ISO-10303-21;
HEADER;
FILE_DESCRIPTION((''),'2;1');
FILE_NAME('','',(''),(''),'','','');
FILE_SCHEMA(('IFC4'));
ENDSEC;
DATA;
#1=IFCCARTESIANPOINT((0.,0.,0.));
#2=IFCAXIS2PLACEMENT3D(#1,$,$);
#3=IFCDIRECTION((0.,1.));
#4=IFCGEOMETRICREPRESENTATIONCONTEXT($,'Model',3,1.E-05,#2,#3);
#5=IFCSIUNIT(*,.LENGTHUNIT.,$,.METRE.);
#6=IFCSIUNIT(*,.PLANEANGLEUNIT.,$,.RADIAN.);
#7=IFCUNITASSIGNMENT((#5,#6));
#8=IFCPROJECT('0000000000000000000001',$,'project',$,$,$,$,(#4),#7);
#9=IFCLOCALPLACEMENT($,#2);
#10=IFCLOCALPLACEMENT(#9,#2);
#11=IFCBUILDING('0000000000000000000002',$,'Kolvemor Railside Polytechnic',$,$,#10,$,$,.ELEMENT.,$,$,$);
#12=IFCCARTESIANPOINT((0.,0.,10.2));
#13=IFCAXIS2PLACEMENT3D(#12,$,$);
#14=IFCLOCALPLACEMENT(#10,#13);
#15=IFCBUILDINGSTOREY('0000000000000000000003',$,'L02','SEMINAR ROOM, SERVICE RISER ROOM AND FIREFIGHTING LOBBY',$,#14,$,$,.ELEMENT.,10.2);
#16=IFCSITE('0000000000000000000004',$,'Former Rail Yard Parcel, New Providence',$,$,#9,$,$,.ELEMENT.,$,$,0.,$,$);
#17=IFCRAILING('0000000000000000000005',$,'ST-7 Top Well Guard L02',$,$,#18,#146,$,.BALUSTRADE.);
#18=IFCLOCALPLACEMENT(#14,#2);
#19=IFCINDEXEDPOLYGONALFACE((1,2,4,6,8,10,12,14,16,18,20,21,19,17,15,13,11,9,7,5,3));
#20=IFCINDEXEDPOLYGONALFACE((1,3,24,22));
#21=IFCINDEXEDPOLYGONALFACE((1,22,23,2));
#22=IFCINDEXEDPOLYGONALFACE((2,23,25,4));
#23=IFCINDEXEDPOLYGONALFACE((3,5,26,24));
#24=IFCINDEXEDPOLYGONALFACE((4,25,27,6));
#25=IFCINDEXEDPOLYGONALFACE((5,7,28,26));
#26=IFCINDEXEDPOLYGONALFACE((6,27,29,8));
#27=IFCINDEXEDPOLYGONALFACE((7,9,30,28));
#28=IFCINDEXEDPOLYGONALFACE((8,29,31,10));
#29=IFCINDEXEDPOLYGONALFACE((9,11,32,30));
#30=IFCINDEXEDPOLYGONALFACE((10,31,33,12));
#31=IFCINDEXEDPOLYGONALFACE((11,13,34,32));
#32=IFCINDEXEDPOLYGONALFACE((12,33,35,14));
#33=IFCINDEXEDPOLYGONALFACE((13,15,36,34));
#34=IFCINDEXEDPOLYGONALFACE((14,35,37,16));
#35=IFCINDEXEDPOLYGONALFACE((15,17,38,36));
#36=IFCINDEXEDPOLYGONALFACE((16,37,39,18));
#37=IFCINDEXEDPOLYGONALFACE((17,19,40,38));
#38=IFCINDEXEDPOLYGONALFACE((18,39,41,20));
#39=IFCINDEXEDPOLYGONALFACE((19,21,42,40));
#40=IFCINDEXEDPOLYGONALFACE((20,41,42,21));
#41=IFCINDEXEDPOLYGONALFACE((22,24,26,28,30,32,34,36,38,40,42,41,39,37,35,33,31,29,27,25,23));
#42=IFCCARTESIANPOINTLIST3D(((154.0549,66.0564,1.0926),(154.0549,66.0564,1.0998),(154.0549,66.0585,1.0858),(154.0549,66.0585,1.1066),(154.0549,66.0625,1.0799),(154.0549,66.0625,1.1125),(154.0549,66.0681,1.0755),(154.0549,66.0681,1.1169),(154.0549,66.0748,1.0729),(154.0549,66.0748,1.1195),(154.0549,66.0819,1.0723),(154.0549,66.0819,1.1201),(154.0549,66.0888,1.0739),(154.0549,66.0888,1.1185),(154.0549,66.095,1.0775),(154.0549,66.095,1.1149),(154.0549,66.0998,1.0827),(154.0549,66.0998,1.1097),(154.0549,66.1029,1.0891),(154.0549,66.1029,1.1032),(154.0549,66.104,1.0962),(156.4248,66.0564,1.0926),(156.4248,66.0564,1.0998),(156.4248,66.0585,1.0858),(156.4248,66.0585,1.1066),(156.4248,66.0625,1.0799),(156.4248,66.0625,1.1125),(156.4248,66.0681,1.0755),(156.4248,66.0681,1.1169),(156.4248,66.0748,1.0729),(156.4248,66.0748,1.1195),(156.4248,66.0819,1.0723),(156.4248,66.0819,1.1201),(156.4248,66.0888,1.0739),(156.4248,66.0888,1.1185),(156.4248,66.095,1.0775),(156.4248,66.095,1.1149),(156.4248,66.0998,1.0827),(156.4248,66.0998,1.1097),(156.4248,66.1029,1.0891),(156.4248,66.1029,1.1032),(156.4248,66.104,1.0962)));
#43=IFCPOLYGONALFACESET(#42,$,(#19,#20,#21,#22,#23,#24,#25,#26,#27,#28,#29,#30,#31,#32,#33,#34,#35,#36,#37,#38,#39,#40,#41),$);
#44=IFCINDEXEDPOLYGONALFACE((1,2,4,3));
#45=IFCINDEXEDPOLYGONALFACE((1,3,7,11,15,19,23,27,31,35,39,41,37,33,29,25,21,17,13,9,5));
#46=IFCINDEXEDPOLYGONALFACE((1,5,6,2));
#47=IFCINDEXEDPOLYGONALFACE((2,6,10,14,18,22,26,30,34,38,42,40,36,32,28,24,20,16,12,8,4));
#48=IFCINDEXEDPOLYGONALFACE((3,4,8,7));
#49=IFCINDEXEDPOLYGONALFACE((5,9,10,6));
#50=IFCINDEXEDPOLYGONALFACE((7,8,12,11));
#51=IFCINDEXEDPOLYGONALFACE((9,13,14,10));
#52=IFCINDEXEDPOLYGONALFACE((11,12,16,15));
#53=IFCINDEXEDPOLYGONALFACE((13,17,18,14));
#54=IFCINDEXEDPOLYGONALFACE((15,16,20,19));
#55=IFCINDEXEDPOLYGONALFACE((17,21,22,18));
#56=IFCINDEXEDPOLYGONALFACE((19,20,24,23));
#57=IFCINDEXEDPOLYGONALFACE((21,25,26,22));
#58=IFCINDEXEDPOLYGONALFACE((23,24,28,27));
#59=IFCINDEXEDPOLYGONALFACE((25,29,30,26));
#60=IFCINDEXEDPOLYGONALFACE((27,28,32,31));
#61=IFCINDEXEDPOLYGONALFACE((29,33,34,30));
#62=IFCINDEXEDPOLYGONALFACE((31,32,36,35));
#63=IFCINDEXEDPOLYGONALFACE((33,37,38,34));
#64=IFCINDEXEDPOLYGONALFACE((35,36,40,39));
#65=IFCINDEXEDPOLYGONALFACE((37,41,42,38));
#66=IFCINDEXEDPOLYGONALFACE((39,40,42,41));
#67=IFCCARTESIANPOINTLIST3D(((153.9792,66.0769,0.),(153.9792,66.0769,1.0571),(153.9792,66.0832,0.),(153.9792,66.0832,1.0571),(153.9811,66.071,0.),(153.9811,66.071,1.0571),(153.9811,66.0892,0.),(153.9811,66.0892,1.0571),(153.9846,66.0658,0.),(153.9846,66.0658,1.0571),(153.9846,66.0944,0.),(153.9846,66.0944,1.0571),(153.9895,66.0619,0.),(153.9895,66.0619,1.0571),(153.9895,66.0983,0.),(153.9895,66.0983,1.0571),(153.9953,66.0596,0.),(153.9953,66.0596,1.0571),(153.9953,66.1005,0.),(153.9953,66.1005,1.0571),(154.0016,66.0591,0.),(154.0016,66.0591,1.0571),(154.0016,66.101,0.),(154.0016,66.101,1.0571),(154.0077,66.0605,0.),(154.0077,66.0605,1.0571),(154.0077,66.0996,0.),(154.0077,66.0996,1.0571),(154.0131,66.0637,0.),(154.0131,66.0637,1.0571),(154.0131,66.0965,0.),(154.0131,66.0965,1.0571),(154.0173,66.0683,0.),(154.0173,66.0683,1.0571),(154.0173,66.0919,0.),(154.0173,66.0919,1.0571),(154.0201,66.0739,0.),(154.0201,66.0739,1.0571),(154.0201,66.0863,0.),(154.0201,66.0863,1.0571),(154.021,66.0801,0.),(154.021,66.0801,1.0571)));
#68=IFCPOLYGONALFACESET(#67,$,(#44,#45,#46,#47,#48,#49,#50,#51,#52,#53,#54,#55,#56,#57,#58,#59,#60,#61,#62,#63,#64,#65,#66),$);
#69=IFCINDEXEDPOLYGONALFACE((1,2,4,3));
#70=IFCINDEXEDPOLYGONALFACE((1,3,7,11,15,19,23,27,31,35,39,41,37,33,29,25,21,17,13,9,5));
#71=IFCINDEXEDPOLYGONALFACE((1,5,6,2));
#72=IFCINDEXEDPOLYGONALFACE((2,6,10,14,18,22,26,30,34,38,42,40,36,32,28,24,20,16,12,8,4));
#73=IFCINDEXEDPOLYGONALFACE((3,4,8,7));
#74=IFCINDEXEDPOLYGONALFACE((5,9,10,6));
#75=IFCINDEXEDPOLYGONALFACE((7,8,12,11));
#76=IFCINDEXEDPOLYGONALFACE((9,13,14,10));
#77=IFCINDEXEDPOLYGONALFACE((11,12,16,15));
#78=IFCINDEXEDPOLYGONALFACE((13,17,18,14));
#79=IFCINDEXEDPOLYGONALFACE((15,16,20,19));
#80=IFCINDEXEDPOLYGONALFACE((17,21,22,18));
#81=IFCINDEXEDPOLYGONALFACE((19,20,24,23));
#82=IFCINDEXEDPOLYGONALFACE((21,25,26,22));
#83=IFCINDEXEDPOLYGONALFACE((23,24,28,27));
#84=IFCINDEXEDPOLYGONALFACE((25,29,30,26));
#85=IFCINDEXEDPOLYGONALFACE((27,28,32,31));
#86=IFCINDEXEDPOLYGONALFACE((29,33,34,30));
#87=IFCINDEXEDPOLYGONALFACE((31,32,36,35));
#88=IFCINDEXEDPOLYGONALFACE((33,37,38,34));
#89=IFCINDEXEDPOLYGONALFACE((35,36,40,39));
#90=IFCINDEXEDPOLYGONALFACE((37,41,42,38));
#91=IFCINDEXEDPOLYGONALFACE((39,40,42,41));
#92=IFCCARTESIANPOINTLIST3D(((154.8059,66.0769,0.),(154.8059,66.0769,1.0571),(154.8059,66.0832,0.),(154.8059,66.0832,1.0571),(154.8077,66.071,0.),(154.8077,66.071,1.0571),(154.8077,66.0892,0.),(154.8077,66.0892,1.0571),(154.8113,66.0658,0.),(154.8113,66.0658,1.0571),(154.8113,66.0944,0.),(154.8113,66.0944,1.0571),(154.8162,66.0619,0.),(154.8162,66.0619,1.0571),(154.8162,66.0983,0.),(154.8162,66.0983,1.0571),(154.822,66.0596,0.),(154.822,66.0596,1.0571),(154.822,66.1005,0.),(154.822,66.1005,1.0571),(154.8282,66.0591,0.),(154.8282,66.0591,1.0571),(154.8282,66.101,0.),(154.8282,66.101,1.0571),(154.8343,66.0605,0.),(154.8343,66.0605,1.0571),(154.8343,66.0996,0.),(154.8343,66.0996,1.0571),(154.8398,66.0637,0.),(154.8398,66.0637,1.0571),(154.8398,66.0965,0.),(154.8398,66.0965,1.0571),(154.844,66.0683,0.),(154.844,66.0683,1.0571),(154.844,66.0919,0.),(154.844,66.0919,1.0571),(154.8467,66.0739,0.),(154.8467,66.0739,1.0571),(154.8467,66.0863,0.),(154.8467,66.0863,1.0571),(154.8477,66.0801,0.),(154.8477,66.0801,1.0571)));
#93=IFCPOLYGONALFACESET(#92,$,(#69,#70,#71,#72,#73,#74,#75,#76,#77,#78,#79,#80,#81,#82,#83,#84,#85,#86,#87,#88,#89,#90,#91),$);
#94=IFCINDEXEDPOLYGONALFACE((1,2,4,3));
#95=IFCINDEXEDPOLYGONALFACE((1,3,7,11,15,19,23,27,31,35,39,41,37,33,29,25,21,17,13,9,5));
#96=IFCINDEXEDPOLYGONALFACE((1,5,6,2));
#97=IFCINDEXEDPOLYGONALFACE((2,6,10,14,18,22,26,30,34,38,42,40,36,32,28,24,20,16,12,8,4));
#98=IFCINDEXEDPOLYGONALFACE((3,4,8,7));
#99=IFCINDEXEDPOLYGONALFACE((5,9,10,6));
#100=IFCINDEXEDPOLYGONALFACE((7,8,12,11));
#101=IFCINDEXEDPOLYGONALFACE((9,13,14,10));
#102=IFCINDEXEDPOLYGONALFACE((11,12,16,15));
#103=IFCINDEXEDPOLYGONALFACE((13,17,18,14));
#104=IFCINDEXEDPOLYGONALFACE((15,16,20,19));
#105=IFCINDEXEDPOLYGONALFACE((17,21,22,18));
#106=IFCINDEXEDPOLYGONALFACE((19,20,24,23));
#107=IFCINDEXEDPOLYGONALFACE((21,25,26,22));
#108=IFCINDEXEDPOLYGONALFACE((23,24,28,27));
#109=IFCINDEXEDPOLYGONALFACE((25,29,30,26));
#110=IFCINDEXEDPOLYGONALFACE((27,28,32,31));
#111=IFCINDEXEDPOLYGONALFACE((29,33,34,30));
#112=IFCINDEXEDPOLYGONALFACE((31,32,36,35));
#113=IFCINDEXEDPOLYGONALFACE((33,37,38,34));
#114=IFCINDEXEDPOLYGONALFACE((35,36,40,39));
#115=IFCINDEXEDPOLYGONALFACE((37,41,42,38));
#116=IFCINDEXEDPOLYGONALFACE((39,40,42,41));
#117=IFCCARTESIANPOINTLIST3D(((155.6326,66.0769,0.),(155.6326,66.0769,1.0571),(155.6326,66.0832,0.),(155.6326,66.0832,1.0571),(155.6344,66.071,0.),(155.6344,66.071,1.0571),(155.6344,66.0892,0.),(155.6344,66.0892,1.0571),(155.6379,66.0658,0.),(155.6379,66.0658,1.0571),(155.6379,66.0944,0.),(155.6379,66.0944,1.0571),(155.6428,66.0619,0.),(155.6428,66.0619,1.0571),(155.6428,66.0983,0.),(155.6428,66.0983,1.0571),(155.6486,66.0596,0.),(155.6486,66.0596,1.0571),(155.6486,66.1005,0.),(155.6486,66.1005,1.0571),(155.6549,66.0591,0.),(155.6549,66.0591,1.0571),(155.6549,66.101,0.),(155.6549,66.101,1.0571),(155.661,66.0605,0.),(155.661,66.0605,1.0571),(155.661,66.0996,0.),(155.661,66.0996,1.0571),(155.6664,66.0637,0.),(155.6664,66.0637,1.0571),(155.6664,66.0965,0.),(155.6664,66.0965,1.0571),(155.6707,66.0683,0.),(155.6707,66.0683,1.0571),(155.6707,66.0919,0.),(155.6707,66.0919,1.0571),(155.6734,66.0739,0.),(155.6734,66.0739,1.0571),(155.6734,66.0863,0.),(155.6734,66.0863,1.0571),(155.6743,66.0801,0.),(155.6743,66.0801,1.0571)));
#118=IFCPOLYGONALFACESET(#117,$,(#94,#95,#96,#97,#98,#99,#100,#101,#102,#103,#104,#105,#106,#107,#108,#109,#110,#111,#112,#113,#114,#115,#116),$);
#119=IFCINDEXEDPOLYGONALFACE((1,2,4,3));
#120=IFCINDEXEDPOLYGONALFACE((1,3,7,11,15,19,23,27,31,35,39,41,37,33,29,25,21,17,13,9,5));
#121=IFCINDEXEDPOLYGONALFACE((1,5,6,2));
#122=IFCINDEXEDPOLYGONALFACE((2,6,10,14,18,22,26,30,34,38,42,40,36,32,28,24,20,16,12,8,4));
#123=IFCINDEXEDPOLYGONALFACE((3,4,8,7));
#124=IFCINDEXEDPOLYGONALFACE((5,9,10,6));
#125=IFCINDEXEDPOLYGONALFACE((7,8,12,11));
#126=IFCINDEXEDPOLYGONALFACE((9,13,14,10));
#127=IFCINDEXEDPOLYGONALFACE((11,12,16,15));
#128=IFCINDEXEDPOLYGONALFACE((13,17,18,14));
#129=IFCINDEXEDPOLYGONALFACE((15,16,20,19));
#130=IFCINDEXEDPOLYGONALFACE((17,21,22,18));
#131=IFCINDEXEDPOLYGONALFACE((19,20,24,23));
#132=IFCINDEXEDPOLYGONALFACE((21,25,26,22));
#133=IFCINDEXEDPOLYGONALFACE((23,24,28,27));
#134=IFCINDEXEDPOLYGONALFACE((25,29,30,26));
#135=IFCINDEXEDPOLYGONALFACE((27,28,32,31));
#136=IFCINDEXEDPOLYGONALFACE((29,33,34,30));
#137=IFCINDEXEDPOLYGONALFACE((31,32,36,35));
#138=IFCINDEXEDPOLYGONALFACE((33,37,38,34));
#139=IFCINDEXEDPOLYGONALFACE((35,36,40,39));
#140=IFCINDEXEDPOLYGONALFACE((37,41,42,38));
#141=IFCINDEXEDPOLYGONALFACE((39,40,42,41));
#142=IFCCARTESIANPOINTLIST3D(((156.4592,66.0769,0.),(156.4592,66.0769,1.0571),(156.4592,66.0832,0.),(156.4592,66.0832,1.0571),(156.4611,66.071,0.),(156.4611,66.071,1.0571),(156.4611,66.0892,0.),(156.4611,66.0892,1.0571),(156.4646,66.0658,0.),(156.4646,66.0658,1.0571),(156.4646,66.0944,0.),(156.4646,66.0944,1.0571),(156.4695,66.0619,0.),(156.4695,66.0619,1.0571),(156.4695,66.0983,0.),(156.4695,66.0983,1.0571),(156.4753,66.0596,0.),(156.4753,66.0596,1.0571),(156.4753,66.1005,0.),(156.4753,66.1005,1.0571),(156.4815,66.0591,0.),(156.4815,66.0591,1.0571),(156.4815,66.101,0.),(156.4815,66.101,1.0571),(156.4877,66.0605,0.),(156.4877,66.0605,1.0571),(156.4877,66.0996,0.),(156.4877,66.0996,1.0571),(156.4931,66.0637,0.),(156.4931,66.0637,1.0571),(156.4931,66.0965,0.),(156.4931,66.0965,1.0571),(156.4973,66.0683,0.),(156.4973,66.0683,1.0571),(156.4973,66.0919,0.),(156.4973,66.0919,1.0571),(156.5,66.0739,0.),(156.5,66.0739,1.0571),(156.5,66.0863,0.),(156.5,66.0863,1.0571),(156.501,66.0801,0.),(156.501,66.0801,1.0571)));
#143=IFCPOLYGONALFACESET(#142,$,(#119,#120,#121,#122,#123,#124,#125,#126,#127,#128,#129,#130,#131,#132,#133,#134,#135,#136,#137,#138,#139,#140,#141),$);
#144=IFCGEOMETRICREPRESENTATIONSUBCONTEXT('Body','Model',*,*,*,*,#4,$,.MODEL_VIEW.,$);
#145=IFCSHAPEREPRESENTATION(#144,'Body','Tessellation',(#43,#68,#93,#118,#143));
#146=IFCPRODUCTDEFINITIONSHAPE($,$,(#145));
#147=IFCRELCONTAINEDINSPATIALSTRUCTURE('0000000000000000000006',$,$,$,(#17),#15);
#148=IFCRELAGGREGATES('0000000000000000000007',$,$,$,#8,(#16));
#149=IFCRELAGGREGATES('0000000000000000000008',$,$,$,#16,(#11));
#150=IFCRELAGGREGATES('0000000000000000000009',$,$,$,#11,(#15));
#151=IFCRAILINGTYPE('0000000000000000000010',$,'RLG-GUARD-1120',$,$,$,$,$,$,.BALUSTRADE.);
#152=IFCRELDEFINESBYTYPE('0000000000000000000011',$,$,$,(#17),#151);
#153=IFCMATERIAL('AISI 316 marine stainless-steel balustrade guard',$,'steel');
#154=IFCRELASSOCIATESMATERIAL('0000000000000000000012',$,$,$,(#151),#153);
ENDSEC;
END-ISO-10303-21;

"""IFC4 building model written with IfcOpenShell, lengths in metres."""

from ifc_helpers import new_model, si_unit, direction, frame, origin, origin_2d, place, context, subcontext, project, spatial, circle, extrude, material, type_object, element, save


model = new_model("IFC4")

# Units and contexts
model_context = context("Model", 3, precision=1e-05, world=origin(), true_north=direction((0.0, 1.0)))
body_context = subcontext(model_context, "Body", "Model", "MODEL_VIEW")
ifc_project = project(units=[si_unit("LENGTHUNIT", "METRE"), si_unit("PLANEANGLEUNIT", "RADIAN")], contexts=[model_context])

# Site, building, storey
site_placement = place(None, origin())
site = spatial("IfcSite", under=ifc_project, at=site_placement, Name="Former Rail Yard Parcel, New Providence", CompositionType="ELEMENT", RefElevation=0.0)
building_placement = place(site_placement, origin())
building = spatial("IfcBuilding", under=site, at=building_placement, Name="Kolvemor Railside Polytechnic", CompositionType="ELEMENT")
storey_placement = place(building_placement, frame((0.0, 0.0, 10.2)))
storey = spatial("IfcBuildingStorey", under=building, at=storey_placement, Name="L02", Description="SEMINAR ROOM, SERVICE RISER ROOM AND FIREFIGHTING LOBBY", CompositionType="ELEMENT", Elevation=10.2)

# Railing
ifc_material_1 = material(Name="AISI 316 marine stainless-steel balustrade guard", Category="steel")
railing_type = type_object("IfcRailingType", Name="RLG-GUARD-1120", PredefinedType="BALUSTRADE", material=ifc_material_1)
railing_placement = place(storey_placement, frame((154.0, 66.0801, 0.0)))
element("IfcRailing", 1, at=railing_placement, inside=storey, type_object=railing_type, Name="ST-7 Top Well Guard L02", PredefinedType="BALUSTRADE", context=body_context, shape_type="SweptSolid", body=[
    extrude(circle(Radius=0.0239, at=origin_2d()), frame((0.0549, 0.0, 1.0962), z_axis=(1.0, 0.0, 0.0), x_axis=(0.0, 1.0, 0.0)), (0.0, 0.0, 1.0), 2.3699),
    extrude(circle(Radius=0.021, at=origin_2d()), origin(), (0.0, 0.0, 1.0), 1.0571),
    extrude(circle(Radius=0.021, at=origin_2d()), frame((0.8267, 0.0, 0.0)), (0.0, 0.0, 1.0), 1.0571),
    extrude(circle(Radius=0.021, at=origin_2d()), frame((1.6533, 0.0, 0.0)), (0.0, 0.0, 1.0), 1.0571),
    extrude(circle(Radius=0.021, at=origin_2d()), frame((2.48, 0.0, 0.0)), (0.0, 0.0, 1.0), 1.0571),
])

save(model, "model.ifc")
